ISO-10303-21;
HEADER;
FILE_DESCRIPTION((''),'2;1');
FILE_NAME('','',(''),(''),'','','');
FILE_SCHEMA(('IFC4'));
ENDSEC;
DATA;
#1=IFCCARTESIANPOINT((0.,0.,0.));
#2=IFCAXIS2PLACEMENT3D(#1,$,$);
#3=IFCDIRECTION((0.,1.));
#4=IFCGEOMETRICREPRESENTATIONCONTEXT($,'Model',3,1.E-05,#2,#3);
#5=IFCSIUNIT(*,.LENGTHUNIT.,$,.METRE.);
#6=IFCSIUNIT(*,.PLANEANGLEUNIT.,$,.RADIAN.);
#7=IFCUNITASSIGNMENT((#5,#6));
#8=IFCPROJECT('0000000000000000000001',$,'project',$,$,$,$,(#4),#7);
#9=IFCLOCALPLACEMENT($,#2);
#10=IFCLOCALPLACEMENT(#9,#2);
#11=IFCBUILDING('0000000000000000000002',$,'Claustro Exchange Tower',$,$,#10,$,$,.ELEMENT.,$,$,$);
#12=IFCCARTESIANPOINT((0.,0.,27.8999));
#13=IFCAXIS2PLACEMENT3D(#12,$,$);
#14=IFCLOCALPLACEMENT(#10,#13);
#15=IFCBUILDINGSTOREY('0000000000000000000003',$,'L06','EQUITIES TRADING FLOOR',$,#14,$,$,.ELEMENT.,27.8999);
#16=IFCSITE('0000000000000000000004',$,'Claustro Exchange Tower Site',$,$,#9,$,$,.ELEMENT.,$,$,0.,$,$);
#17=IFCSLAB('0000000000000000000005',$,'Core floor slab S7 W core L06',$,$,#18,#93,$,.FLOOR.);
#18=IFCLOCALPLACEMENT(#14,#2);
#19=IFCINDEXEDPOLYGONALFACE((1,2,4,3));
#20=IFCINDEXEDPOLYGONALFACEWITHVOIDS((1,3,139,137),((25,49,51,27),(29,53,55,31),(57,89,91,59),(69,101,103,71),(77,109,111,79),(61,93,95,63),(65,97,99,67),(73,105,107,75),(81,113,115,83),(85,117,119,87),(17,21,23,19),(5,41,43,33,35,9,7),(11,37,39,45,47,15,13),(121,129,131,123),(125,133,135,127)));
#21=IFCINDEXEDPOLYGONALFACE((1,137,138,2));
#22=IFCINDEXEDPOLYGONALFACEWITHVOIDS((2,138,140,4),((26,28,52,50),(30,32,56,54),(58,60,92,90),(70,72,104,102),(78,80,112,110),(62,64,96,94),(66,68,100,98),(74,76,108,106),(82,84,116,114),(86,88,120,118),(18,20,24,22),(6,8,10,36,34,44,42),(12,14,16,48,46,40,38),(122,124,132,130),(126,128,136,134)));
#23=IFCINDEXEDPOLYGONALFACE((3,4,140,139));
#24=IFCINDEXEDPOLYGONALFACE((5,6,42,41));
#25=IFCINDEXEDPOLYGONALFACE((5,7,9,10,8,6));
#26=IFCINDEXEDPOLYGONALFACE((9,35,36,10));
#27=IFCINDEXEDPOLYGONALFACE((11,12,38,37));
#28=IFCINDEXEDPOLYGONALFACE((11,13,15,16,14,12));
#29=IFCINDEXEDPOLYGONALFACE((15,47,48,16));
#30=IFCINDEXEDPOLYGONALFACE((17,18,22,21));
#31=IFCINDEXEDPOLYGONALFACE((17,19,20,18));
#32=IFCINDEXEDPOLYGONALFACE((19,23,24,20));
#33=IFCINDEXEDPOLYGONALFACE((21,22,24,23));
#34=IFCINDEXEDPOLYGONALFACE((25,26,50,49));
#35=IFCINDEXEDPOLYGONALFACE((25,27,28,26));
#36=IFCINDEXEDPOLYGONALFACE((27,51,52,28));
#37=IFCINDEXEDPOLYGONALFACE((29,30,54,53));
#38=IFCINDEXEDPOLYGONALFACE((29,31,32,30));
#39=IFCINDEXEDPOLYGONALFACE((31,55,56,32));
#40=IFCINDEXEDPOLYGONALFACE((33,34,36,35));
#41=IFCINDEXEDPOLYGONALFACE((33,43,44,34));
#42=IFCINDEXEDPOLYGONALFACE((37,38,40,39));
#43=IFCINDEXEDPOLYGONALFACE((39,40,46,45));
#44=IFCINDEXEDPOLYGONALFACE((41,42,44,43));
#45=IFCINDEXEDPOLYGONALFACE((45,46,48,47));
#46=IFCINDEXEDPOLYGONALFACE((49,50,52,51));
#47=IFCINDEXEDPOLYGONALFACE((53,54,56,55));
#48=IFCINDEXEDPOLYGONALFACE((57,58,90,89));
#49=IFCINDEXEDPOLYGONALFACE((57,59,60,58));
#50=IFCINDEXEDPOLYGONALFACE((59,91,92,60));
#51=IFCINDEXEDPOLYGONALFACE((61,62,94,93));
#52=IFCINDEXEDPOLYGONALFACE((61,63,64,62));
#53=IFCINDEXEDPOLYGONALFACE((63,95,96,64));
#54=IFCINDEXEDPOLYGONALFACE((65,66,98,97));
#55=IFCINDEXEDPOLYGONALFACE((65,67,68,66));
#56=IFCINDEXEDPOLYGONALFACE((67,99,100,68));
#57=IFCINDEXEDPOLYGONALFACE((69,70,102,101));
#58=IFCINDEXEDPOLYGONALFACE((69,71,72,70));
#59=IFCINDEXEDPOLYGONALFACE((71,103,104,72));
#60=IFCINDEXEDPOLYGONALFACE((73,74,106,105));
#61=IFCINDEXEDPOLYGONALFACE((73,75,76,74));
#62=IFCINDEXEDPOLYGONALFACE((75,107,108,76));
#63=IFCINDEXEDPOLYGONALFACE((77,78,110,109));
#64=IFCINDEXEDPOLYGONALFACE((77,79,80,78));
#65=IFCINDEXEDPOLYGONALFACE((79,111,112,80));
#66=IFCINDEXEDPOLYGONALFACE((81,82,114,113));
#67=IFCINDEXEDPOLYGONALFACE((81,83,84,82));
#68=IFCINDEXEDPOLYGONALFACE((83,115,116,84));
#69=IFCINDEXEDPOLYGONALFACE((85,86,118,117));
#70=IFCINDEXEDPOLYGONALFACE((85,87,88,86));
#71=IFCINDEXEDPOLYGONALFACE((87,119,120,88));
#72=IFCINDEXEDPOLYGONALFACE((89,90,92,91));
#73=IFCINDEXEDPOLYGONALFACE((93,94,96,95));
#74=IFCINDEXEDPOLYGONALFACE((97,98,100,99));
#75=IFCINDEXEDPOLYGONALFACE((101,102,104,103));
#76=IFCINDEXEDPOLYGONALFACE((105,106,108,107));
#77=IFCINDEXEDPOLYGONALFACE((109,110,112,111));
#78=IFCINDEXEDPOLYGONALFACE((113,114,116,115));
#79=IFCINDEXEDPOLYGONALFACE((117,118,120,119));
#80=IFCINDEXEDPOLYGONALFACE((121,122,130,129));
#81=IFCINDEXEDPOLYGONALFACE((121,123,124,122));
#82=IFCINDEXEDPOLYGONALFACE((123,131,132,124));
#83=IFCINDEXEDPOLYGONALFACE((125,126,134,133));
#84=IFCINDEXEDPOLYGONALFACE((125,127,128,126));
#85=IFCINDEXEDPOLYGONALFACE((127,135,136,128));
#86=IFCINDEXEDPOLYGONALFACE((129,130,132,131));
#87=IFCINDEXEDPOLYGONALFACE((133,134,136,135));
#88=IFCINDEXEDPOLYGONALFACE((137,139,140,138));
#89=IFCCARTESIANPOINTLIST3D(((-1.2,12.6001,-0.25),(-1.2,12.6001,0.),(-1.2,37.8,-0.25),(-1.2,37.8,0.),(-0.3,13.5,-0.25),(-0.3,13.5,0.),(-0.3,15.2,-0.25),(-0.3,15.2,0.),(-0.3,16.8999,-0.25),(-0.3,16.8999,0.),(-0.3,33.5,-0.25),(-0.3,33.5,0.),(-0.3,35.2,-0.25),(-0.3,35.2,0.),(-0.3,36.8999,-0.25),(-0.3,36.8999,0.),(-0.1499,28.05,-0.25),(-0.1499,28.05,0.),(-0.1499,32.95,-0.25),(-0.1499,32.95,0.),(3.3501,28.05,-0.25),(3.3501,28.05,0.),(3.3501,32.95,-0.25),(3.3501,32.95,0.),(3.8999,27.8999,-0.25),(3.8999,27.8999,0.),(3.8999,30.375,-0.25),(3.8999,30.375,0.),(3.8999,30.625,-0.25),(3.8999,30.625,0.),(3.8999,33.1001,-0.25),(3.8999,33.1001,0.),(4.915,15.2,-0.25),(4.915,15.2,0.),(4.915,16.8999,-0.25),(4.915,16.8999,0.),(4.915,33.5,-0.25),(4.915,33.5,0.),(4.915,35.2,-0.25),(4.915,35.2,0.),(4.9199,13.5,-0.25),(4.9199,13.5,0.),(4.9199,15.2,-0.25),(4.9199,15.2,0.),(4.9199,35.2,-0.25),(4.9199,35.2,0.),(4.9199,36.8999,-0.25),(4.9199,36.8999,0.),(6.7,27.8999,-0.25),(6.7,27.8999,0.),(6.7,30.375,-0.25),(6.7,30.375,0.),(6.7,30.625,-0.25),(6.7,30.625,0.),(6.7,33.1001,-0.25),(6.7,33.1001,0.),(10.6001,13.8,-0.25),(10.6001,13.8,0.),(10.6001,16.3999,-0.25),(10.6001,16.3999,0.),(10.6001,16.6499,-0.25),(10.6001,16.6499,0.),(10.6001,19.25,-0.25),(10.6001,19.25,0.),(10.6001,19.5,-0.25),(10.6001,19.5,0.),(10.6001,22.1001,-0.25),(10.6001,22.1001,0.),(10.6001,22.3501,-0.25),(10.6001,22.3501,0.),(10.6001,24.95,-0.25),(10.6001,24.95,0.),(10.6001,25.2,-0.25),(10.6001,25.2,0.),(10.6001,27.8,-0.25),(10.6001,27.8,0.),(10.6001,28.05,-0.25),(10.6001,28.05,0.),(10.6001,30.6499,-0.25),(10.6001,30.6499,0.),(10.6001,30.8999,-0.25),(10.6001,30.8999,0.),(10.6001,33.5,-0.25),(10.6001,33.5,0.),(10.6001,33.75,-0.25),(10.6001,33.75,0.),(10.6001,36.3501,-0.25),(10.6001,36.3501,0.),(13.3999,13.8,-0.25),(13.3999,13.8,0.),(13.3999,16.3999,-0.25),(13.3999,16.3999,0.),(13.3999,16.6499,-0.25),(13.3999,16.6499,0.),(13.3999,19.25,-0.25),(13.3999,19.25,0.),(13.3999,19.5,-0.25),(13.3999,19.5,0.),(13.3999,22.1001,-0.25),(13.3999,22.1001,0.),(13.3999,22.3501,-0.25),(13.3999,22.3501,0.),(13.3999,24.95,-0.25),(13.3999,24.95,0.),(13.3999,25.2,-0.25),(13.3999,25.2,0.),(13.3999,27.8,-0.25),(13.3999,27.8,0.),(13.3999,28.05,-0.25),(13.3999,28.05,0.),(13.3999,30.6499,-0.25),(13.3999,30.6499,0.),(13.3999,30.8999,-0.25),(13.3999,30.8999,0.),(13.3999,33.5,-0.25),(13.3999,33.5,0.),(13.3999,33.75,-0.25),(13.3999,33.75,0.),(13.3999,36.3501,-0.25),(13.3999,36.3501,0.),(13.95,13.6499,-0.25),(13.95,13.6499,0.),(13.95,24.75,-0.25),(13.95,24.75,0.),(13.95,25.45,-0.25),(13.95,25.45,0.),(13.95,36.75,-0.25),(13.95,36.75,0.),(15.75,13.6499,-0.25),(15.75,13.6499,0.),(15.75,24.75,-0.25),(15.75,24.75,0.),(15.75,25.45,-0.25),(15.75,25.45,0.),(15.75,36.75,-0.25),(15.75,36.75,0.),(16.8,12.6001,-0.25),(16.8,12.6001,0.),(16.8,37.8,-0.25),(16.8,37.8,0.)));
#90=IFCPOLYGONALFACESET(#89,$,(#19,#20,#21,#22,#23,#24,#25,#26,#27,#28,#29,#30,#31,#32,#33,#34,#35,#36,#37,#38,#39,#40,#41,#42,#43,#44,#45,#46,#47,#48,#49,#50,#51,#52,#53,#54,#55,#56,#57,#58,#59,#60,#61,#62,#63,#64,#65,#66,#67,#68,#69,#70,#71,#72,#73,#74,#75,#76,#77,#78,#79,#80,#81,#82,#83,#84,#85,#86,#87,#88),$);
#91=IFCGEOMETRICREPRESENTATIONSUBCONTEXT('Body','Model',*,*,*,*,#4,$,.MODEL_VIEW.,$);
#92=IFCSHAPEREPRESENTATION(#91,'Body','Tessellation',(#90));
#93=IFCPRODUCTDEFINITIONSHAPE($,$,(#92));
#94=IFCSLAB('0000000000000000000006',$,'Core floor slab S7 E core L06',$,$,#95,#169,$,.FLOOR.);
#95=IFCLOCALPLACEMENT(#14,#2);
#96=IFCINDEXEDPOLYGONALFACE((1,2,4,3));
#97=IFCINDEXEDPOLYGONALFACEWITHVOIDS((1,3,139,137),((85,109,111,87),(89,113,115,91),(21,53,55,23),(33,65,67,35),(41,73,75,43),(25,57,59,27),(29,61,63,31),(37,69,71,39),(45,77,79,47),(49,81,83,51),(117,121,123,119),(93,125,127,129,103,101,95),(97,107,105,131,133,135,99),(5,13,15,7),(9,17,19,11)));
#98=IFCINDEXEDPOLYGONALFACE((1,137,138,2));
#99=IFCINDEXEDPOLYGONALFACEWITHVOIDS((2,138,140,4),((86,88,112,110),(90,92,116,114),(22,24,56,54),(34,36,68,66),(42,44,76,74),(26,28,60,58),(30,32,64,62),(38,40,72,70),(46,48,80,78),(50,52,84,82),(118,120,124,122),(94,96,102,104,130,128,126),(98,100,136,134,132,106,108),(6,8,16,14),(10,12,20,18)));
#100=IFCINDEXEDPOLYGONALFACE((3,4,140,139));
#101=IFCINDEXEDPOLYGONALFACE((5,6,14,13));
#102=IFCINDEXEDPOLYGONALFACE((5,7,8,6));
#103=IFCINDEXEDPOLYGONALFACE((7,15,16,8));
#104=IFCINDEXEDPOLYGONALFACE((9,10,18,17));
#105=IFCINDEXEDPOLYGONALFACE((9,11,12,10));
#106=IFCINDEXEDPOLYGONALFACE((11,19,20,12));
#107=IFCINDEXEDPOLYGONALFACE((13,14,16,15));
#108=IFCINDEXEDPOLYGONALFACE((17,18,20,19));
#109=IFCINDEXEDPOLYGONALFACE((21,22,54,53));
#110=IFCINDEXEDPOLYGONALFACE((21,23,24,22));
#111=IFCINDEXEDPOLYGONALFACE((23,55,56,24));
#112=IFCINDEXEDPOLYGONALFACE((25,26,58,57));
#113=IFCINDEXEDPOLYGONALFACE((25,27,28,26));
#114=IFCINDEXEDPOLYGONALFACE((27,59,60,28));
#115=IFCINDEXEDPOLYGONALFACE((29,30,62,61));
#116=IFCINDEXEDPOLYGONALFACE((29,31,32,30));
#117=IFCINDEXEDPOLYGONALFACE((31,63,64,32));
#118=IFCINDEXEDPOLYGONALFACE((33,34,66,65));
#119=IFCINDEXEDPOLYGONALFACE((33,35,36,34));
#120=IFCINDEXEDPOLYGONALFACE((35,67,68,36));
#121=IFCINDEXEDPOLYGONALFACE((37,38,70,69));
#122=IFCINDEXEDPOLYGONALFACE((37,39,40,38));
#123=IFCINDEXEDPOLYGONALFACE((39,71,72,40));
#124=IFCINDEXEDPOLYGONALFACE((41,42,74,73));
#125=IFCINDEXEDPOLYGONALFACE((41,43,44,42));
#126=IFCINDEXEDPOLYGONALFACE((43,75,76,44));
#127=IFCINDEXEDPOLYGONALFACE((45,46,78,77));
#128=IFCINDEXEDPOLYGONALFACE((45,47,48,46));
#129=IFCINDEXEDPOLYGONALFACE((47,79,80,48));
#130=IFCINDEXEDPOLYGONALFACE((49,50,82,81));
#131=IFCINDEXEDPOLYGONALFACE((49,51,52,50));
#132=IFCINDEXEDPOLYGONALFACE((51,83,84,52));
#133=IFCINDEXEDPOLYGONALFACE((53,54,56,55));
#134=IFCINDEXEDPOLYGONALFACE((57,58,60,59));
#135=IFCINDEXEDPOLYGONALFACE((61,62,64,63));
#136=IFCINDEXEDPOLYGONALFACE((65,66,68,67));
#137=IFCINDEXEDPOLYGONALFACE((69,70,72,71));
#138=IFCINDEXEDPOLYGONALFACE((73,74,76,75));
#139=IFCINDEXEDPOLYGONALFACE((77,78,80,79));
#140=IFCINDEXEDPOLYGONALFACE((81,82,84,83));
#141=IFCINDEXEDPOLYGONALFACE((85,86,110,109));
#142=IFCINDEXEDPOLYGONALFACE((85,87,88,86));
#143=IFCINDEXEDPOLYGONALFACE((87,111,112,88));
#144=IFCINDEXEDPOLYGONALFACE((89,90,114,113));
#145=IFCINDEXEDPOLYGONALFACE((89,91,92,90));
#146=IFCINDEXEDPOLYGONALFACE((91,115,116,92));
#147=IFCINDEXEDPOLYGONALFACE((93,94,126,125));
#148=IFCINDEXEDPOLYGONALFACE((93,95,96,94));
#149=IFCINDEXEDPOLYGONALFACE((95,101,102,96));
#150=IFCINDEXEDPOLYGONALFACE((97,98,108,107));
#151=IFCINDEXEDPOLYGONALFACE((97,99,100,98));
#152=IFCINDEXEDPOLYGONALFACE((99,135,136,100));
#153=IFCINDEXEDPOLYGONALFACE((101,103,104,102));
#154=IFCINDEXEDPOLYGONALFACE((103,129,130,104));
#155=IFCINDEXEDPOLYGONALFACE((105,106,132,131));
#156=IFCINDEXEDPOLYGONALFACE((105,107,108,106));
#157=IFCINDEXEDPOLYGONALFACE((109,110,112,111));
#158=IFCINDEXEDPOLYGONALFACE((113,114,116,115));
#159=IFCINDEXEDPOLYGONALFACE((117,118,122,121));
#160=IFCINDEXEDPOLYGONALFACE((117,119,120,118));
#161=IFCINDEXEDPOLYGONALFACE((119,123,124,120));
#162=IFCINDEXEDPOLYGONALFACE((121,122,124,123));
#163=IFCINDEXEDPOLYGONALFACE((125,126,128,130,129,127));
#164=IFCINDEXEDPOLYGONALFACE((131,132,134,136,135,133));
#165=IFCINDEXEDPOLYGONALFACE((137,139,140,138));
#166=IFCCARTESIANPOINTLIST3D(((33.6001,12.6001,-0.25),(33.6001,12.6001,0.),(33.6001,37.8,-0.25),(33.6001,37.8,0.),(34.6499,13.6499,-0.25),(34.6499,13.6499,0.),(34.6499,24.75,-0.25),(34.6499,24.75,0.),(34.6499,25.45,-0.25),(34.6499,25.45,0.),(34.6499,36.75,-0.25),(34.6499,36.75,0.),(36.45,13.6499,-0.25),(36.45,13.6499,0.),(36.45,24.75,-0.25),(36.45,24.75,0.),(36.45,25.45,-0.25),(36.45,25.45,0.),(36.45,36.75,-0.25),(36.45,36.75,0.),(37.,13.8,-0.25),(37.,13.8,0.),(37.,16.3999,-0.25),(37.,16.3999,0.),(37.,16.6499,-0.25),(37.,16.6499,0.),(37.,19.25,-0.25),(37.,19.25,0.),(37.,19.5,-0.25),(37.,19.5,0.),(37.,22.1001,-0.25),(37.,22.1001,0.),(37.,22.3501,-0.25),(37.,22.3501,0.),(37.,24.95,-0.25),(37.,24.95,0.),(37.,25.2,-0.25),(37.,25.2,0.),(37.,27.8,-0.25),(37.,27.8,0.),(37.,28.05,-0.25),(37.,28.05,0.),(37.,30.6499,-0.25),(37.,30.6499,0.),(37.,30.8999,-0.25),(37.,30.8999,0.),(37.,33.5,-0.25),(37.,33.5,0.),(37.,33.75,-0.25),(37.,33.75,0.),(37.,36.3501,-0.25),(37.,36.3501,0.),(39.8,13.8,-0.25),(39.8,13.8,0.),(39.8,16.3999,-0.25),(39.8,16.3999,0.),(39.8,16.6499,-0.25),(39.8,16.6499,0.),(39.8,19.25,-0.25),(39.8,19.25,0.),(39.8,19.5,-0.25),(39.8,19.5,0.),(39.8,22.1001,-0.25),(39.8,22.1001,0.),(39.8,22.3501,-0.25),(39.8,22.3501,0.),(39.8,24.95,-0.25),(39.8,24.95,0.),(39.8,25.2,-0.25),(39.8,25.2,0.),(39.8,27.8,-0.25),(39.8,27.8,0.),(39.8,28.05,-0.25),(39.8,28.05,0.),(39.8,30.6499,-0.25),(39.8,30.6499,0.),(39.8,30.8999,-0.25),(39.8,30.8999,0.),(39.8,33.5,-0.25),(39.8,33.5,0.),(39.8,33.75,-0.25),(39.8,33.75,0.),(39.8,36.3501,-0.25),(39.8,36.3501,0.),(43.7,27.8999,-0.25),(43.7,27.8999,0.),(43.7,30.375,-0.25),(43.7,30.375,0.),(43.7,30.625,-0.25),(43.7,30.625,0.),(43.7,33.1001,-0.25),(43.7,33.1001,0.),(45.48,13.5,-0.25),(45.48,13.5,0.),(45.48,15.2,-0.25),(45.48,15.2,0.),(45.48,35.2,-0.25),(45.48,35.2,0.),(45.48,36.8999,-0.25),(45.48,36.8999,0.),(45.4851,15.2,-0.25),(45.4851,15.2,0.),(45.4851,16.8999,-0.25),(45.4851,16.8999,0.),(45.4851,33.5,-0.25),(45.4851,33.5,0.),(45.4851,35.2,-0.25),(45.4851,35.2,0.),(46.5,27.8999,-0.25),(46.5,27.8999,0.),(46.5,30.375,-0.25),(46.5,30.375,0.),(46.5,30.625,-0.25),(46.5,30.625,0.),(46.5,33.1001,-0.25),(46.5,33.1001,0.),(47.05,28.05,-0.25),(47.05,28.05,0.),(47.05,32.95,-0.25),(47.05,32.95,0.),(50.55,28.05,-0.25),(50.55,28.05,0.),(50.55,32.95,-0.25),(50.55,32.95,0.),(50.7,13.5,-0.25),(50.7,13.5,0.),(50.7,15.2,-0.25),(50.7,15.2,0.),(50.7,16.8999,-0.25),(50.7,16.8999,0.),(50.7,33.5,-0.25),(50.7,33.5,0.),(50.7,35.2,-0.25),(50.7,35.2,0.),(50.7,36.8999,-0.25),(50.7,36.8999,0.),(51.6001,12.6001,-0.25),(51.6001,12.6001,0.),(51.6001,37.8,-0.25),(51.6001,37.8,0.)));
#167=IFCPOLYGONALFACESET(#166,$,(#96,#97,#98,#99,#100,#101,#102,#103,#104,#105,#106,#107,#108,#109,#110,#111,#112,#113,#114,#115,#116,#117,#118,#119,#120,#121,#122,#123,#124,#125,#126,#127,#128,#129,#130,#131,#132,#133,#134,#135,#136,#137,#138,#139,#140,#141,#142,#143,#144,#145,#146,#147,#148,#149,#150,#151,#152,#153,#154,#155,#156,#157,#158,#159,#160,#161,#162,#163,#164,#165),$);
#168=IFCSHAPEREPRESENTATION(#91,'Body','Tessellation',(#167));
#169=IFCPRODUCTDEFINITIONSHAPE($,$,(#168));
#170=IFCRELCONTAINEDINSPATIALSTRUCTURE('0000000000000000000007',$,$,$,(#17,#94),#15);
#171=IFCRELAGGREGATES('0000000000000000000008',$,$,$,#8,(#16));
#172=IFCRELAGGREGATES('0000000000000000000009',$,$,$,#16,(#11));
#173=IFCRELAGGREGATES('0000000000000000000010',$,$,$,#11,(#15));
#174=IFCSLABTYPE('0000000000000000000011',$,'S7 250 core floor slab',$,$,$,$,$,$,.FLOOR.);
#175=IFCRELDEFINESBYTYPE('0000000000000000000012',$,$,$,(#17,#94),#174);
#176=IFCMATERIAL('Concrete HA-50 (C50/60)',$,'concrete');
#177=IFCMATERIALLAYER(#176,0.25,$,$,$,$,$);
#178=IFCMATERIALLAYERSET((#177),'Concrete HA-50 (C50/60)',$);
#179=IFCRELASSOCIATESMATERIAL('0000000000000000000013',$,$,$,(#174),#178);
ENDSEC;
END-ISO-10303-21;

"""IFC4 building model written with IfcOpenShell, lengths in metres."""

from ifc_helpers import new_model, si_unit, direction, frame, origin, place, context, subcontext, project, spatial, polyline, outline, extrude, material, layer, layer_set, type_object, element, save


model = new_model("IFC4")

# Units and contexts
model_context = context("Model", 3, precision=1e-05, world=origin(), true_north=direction((0.0, 1.0)))
body_context = subcontext(model_context, "Body", "Model", "MODEL_VIEW")
ifc_project = project(units=[si_unit("LENGTHUNIT", "METRE"), si_unit("PLANEANGLEUNIT", "RADIAN")], contexts=[model_context])

# Site, building, storey
site_placement = place(None, origin())
site = spatial("IfcSite", under=ifc_project, at=site_placement, Name="Claustro Exchange Tower Site", CompositionType="ELEMENT", RefElevation=0.0)
building_placement = place(site_placement, origin())
building = spatial("IfcBuilding", under=site, at=building_placement, Name="Claustro Exchange Tower", CompositionType="ELEMENT")
storey_placement = place(building_placement, frame((0.0, 0.0, 27.8999)))
storey = spatial("IfcBuildingStorey", under=building, at=storey_placement, Name="L06", Description="EQUITIES TRADING FLOOR", CompositionType="ELEMENT", Elevation=27.8999)

# Slabs
ifc_material_1 = material(Name="Concrete HA-50 (C50/60)", Category="concrete")
ifc_layer_1 = layer(ifc_material_1, 0.25)
ifc_layer_set_1 = layer_set([ifc_layer_1], Name="Concrete HA-50 (C50/60)")
slab_type_1 = type_object("IfcSlabType", Name="S7 250 core floor slab", PredefinedType="FLOOR", material=ifc_layer_set_1)
slab_1_placement = place(storey_placement, frame((0.0, 0.0, -0.25)))
element("IfcSlab", 1, at=slab_1_placement, inside=storey, type_object=slab_type_1, Name="Core floor slab S7 W core L06", PredefinedType="FLOOR", context=body_context, shape_type="SweptSolid", body=[
    extrude(outline(polyline([(-1.2, 12.6001), (16.8, 12.6001), (16.8, 37.8), (-1.2, 37.8), (-1.2, 12.6001)]), holes=[polyline([(15.75, 24.75), (15.75, 13.6499), (13.95, 13.6499), (13.95, 24.75), (15.75, 24.75)]), polyline([(15.75, 36.75), (15.75, 25.45), (13.95, 25.45), (13.95, 36.75), (15.75, 36.75)]), polyline([(10.6001, 16.3999), (13.3999, 16.3999), (13.3999, 13.8), (10.6001, 13.8), (10.6001, 16.3999)]), polyline([(13.3999, 19.25), (13.3999, 16.6499), (10.6001, 16.6499), (10.6001, 19.25), (13.3999, 19.25)]), polyline([(13.3999, 22.1001), (13.3999, 19.5), (10.6001, 19.5), (10.6001, 22.1001), (13.3999, 22.1001)]), polyline([(13.3999, 24.95), (13.3999, 22.3501), (10.6001, 22.3501), (10.6001, 24.95), (13.3999, 24.95)]), polyline([(13.3999, 27.8), (13.3999, 25.2), (10.6001, 25.2), (10.6001, 27.8), (13.3999, 27.8)]), polyline([(13.3999, 30.6499), (13.3999, 28.05), (10.6001, 28.05), (10.6001, 30.6499), (13.3999, 30.6499)]), polyline([(13.3999, 33.5), (13.3999, 30.8999), (10.6001, 30.8999), (10.6001, 33.5), (13.3999, 33.5)]), polyline([(13.3999, 36.3501), (13.3999, 33.75), (10.6001, 33.75), (10.6001, 36.3501), (13.3999, 36.3501)]), polyline([(6.7, 30.375), (6.7, 27.8999), (3.8999, 27.8999), (3.8999, 30.375), (6.7, 30.375)]), polyline([(6.7, 33.1001), (6.7, 30.625), (3.8999, 30.625), (3.8999, 33.1001), (6.7, 33.1001)]), polyline([(-0.3, 15.2), (-0.3, 16.8999), (4.915, 16.8999), (4.915, 15.2), (4.9199, 15.2), (4.9199, 13.5), (-0.3, 13.5), (-0.3, 15.2)]), polyline([(-0.3, 36.8999), (4.9199, 36.8999), (4.9199, 35.2), (4.915, 35.2), (4.915, 33.5), (-0.3, 33.5), (-0.3, 35.2), (-0.3, 36.8999)]), polyline([(3.3501, 32.95), (3.3501, 28.05), (-0.1499, 28.05), (-0.1499, 32.95), (3.3501, 32.95)])]), origin(), (0.0, 0.0, 1.0), 0.25),
])
slab_2_placement = place(storey_placement, frame((0.0, 0.0, -0.25)))
element("IfcSlab", 2, at=slab_2_placement, inside=storey, type_object=slab_type_1, Name="Core floor slab S7 E core L06", PredefinedType="FLOOR", context=body_context, shape_type="SweptSolid", body=[
    extrude(outline(polyline([(33.6001, 12.6001), (51.6001, 12.6001), (51.6001, 37.8), (33.6001, 37.8), (33.6001, 12.6001)]), holes=[polyline([(45.48, 35.2), (45.48, 36.8999), (50.7, 36.8999), (50.7, 35.2), (50.7, 33.5), (45.4851, 33.5), (45.4851, 35.2), (45.48, 35.2)]), polyline([(45.4851, 15.2), (45.4851, 16.8999), (50.7, 16.8999), (50.7, 15.2), (50.7, 13.5), (45.48, 13.5), (45.48, 15.2), (45.4851, 15.2)]), polyline([(50.55, 32.95), (50.55, 28.05), (47.05, 28.05), (47.05, 32.95), (50.55, 32.95)]), polyline([(46.5, 30.375), (46.5, 27.8999), (43.7, 27.8999), (43.7, 30.375), (46.5, 30.375)]), polyline([(46.5, 33.1001), (46.5, 30.625), (43.7, 30.625), (43.7, 33.1001), (46.5, 33.1001)]), polyline([(37.0, 16.3999), (39.8, 16.3999), (39.8, 13.8), (37.0, 13.8), (37.0, 16.3999)]), polyline([(39.8, 19.25), (39.8, 16.6499), (37.0, 16.6499), (37.0, 19.25), (39.8, 19.25)]), polyline([(39.8, 22.1001), (39.8, 19.5), (37.0, 19.5), (37.0, 22.1001), (39.8, 22.1001)]), polyline([(39.8, 24.95), (39.8, 22.3501), (37.0, 22.3501), (37.0, 24.95), (39.8, 24.95)]), polyline([(39.8, 27.8), (39.8, 25.2), (37.0, 25.2), (37.0, 27.8), (39.8, 27.8)]), polyline([(39.8, 30.6499), (39.8, 28.05), (37.0, 28.05), (37.0, 30.6499), (39.8, 30.6499)]), polyline([(39.8, 33.5), (39.8, 30.8999), (37.0, 30.8999), (37.0, 33.5), (39.8, 33.5)]), polyline([(39.8, 36.3501), (39.8, 33.75), (37.0, 33.75), (37.0, 36.3501), (39.8, 36.3501)]), polyline([(36.45, 24.75), (36.45, 13.6499), (34.6499, 13.6499), (34.6499, 24.75), (36.45, 24.75)]), polyline([(36.45, 36.75), (36.45, 25.45), (34.6499, 25.45), (34.6499, 36.75), (36.45, 36.75)])]), origin(), (0.0, 0.0, 1.0), 0.25),
])

save(model, "model.ifc")
